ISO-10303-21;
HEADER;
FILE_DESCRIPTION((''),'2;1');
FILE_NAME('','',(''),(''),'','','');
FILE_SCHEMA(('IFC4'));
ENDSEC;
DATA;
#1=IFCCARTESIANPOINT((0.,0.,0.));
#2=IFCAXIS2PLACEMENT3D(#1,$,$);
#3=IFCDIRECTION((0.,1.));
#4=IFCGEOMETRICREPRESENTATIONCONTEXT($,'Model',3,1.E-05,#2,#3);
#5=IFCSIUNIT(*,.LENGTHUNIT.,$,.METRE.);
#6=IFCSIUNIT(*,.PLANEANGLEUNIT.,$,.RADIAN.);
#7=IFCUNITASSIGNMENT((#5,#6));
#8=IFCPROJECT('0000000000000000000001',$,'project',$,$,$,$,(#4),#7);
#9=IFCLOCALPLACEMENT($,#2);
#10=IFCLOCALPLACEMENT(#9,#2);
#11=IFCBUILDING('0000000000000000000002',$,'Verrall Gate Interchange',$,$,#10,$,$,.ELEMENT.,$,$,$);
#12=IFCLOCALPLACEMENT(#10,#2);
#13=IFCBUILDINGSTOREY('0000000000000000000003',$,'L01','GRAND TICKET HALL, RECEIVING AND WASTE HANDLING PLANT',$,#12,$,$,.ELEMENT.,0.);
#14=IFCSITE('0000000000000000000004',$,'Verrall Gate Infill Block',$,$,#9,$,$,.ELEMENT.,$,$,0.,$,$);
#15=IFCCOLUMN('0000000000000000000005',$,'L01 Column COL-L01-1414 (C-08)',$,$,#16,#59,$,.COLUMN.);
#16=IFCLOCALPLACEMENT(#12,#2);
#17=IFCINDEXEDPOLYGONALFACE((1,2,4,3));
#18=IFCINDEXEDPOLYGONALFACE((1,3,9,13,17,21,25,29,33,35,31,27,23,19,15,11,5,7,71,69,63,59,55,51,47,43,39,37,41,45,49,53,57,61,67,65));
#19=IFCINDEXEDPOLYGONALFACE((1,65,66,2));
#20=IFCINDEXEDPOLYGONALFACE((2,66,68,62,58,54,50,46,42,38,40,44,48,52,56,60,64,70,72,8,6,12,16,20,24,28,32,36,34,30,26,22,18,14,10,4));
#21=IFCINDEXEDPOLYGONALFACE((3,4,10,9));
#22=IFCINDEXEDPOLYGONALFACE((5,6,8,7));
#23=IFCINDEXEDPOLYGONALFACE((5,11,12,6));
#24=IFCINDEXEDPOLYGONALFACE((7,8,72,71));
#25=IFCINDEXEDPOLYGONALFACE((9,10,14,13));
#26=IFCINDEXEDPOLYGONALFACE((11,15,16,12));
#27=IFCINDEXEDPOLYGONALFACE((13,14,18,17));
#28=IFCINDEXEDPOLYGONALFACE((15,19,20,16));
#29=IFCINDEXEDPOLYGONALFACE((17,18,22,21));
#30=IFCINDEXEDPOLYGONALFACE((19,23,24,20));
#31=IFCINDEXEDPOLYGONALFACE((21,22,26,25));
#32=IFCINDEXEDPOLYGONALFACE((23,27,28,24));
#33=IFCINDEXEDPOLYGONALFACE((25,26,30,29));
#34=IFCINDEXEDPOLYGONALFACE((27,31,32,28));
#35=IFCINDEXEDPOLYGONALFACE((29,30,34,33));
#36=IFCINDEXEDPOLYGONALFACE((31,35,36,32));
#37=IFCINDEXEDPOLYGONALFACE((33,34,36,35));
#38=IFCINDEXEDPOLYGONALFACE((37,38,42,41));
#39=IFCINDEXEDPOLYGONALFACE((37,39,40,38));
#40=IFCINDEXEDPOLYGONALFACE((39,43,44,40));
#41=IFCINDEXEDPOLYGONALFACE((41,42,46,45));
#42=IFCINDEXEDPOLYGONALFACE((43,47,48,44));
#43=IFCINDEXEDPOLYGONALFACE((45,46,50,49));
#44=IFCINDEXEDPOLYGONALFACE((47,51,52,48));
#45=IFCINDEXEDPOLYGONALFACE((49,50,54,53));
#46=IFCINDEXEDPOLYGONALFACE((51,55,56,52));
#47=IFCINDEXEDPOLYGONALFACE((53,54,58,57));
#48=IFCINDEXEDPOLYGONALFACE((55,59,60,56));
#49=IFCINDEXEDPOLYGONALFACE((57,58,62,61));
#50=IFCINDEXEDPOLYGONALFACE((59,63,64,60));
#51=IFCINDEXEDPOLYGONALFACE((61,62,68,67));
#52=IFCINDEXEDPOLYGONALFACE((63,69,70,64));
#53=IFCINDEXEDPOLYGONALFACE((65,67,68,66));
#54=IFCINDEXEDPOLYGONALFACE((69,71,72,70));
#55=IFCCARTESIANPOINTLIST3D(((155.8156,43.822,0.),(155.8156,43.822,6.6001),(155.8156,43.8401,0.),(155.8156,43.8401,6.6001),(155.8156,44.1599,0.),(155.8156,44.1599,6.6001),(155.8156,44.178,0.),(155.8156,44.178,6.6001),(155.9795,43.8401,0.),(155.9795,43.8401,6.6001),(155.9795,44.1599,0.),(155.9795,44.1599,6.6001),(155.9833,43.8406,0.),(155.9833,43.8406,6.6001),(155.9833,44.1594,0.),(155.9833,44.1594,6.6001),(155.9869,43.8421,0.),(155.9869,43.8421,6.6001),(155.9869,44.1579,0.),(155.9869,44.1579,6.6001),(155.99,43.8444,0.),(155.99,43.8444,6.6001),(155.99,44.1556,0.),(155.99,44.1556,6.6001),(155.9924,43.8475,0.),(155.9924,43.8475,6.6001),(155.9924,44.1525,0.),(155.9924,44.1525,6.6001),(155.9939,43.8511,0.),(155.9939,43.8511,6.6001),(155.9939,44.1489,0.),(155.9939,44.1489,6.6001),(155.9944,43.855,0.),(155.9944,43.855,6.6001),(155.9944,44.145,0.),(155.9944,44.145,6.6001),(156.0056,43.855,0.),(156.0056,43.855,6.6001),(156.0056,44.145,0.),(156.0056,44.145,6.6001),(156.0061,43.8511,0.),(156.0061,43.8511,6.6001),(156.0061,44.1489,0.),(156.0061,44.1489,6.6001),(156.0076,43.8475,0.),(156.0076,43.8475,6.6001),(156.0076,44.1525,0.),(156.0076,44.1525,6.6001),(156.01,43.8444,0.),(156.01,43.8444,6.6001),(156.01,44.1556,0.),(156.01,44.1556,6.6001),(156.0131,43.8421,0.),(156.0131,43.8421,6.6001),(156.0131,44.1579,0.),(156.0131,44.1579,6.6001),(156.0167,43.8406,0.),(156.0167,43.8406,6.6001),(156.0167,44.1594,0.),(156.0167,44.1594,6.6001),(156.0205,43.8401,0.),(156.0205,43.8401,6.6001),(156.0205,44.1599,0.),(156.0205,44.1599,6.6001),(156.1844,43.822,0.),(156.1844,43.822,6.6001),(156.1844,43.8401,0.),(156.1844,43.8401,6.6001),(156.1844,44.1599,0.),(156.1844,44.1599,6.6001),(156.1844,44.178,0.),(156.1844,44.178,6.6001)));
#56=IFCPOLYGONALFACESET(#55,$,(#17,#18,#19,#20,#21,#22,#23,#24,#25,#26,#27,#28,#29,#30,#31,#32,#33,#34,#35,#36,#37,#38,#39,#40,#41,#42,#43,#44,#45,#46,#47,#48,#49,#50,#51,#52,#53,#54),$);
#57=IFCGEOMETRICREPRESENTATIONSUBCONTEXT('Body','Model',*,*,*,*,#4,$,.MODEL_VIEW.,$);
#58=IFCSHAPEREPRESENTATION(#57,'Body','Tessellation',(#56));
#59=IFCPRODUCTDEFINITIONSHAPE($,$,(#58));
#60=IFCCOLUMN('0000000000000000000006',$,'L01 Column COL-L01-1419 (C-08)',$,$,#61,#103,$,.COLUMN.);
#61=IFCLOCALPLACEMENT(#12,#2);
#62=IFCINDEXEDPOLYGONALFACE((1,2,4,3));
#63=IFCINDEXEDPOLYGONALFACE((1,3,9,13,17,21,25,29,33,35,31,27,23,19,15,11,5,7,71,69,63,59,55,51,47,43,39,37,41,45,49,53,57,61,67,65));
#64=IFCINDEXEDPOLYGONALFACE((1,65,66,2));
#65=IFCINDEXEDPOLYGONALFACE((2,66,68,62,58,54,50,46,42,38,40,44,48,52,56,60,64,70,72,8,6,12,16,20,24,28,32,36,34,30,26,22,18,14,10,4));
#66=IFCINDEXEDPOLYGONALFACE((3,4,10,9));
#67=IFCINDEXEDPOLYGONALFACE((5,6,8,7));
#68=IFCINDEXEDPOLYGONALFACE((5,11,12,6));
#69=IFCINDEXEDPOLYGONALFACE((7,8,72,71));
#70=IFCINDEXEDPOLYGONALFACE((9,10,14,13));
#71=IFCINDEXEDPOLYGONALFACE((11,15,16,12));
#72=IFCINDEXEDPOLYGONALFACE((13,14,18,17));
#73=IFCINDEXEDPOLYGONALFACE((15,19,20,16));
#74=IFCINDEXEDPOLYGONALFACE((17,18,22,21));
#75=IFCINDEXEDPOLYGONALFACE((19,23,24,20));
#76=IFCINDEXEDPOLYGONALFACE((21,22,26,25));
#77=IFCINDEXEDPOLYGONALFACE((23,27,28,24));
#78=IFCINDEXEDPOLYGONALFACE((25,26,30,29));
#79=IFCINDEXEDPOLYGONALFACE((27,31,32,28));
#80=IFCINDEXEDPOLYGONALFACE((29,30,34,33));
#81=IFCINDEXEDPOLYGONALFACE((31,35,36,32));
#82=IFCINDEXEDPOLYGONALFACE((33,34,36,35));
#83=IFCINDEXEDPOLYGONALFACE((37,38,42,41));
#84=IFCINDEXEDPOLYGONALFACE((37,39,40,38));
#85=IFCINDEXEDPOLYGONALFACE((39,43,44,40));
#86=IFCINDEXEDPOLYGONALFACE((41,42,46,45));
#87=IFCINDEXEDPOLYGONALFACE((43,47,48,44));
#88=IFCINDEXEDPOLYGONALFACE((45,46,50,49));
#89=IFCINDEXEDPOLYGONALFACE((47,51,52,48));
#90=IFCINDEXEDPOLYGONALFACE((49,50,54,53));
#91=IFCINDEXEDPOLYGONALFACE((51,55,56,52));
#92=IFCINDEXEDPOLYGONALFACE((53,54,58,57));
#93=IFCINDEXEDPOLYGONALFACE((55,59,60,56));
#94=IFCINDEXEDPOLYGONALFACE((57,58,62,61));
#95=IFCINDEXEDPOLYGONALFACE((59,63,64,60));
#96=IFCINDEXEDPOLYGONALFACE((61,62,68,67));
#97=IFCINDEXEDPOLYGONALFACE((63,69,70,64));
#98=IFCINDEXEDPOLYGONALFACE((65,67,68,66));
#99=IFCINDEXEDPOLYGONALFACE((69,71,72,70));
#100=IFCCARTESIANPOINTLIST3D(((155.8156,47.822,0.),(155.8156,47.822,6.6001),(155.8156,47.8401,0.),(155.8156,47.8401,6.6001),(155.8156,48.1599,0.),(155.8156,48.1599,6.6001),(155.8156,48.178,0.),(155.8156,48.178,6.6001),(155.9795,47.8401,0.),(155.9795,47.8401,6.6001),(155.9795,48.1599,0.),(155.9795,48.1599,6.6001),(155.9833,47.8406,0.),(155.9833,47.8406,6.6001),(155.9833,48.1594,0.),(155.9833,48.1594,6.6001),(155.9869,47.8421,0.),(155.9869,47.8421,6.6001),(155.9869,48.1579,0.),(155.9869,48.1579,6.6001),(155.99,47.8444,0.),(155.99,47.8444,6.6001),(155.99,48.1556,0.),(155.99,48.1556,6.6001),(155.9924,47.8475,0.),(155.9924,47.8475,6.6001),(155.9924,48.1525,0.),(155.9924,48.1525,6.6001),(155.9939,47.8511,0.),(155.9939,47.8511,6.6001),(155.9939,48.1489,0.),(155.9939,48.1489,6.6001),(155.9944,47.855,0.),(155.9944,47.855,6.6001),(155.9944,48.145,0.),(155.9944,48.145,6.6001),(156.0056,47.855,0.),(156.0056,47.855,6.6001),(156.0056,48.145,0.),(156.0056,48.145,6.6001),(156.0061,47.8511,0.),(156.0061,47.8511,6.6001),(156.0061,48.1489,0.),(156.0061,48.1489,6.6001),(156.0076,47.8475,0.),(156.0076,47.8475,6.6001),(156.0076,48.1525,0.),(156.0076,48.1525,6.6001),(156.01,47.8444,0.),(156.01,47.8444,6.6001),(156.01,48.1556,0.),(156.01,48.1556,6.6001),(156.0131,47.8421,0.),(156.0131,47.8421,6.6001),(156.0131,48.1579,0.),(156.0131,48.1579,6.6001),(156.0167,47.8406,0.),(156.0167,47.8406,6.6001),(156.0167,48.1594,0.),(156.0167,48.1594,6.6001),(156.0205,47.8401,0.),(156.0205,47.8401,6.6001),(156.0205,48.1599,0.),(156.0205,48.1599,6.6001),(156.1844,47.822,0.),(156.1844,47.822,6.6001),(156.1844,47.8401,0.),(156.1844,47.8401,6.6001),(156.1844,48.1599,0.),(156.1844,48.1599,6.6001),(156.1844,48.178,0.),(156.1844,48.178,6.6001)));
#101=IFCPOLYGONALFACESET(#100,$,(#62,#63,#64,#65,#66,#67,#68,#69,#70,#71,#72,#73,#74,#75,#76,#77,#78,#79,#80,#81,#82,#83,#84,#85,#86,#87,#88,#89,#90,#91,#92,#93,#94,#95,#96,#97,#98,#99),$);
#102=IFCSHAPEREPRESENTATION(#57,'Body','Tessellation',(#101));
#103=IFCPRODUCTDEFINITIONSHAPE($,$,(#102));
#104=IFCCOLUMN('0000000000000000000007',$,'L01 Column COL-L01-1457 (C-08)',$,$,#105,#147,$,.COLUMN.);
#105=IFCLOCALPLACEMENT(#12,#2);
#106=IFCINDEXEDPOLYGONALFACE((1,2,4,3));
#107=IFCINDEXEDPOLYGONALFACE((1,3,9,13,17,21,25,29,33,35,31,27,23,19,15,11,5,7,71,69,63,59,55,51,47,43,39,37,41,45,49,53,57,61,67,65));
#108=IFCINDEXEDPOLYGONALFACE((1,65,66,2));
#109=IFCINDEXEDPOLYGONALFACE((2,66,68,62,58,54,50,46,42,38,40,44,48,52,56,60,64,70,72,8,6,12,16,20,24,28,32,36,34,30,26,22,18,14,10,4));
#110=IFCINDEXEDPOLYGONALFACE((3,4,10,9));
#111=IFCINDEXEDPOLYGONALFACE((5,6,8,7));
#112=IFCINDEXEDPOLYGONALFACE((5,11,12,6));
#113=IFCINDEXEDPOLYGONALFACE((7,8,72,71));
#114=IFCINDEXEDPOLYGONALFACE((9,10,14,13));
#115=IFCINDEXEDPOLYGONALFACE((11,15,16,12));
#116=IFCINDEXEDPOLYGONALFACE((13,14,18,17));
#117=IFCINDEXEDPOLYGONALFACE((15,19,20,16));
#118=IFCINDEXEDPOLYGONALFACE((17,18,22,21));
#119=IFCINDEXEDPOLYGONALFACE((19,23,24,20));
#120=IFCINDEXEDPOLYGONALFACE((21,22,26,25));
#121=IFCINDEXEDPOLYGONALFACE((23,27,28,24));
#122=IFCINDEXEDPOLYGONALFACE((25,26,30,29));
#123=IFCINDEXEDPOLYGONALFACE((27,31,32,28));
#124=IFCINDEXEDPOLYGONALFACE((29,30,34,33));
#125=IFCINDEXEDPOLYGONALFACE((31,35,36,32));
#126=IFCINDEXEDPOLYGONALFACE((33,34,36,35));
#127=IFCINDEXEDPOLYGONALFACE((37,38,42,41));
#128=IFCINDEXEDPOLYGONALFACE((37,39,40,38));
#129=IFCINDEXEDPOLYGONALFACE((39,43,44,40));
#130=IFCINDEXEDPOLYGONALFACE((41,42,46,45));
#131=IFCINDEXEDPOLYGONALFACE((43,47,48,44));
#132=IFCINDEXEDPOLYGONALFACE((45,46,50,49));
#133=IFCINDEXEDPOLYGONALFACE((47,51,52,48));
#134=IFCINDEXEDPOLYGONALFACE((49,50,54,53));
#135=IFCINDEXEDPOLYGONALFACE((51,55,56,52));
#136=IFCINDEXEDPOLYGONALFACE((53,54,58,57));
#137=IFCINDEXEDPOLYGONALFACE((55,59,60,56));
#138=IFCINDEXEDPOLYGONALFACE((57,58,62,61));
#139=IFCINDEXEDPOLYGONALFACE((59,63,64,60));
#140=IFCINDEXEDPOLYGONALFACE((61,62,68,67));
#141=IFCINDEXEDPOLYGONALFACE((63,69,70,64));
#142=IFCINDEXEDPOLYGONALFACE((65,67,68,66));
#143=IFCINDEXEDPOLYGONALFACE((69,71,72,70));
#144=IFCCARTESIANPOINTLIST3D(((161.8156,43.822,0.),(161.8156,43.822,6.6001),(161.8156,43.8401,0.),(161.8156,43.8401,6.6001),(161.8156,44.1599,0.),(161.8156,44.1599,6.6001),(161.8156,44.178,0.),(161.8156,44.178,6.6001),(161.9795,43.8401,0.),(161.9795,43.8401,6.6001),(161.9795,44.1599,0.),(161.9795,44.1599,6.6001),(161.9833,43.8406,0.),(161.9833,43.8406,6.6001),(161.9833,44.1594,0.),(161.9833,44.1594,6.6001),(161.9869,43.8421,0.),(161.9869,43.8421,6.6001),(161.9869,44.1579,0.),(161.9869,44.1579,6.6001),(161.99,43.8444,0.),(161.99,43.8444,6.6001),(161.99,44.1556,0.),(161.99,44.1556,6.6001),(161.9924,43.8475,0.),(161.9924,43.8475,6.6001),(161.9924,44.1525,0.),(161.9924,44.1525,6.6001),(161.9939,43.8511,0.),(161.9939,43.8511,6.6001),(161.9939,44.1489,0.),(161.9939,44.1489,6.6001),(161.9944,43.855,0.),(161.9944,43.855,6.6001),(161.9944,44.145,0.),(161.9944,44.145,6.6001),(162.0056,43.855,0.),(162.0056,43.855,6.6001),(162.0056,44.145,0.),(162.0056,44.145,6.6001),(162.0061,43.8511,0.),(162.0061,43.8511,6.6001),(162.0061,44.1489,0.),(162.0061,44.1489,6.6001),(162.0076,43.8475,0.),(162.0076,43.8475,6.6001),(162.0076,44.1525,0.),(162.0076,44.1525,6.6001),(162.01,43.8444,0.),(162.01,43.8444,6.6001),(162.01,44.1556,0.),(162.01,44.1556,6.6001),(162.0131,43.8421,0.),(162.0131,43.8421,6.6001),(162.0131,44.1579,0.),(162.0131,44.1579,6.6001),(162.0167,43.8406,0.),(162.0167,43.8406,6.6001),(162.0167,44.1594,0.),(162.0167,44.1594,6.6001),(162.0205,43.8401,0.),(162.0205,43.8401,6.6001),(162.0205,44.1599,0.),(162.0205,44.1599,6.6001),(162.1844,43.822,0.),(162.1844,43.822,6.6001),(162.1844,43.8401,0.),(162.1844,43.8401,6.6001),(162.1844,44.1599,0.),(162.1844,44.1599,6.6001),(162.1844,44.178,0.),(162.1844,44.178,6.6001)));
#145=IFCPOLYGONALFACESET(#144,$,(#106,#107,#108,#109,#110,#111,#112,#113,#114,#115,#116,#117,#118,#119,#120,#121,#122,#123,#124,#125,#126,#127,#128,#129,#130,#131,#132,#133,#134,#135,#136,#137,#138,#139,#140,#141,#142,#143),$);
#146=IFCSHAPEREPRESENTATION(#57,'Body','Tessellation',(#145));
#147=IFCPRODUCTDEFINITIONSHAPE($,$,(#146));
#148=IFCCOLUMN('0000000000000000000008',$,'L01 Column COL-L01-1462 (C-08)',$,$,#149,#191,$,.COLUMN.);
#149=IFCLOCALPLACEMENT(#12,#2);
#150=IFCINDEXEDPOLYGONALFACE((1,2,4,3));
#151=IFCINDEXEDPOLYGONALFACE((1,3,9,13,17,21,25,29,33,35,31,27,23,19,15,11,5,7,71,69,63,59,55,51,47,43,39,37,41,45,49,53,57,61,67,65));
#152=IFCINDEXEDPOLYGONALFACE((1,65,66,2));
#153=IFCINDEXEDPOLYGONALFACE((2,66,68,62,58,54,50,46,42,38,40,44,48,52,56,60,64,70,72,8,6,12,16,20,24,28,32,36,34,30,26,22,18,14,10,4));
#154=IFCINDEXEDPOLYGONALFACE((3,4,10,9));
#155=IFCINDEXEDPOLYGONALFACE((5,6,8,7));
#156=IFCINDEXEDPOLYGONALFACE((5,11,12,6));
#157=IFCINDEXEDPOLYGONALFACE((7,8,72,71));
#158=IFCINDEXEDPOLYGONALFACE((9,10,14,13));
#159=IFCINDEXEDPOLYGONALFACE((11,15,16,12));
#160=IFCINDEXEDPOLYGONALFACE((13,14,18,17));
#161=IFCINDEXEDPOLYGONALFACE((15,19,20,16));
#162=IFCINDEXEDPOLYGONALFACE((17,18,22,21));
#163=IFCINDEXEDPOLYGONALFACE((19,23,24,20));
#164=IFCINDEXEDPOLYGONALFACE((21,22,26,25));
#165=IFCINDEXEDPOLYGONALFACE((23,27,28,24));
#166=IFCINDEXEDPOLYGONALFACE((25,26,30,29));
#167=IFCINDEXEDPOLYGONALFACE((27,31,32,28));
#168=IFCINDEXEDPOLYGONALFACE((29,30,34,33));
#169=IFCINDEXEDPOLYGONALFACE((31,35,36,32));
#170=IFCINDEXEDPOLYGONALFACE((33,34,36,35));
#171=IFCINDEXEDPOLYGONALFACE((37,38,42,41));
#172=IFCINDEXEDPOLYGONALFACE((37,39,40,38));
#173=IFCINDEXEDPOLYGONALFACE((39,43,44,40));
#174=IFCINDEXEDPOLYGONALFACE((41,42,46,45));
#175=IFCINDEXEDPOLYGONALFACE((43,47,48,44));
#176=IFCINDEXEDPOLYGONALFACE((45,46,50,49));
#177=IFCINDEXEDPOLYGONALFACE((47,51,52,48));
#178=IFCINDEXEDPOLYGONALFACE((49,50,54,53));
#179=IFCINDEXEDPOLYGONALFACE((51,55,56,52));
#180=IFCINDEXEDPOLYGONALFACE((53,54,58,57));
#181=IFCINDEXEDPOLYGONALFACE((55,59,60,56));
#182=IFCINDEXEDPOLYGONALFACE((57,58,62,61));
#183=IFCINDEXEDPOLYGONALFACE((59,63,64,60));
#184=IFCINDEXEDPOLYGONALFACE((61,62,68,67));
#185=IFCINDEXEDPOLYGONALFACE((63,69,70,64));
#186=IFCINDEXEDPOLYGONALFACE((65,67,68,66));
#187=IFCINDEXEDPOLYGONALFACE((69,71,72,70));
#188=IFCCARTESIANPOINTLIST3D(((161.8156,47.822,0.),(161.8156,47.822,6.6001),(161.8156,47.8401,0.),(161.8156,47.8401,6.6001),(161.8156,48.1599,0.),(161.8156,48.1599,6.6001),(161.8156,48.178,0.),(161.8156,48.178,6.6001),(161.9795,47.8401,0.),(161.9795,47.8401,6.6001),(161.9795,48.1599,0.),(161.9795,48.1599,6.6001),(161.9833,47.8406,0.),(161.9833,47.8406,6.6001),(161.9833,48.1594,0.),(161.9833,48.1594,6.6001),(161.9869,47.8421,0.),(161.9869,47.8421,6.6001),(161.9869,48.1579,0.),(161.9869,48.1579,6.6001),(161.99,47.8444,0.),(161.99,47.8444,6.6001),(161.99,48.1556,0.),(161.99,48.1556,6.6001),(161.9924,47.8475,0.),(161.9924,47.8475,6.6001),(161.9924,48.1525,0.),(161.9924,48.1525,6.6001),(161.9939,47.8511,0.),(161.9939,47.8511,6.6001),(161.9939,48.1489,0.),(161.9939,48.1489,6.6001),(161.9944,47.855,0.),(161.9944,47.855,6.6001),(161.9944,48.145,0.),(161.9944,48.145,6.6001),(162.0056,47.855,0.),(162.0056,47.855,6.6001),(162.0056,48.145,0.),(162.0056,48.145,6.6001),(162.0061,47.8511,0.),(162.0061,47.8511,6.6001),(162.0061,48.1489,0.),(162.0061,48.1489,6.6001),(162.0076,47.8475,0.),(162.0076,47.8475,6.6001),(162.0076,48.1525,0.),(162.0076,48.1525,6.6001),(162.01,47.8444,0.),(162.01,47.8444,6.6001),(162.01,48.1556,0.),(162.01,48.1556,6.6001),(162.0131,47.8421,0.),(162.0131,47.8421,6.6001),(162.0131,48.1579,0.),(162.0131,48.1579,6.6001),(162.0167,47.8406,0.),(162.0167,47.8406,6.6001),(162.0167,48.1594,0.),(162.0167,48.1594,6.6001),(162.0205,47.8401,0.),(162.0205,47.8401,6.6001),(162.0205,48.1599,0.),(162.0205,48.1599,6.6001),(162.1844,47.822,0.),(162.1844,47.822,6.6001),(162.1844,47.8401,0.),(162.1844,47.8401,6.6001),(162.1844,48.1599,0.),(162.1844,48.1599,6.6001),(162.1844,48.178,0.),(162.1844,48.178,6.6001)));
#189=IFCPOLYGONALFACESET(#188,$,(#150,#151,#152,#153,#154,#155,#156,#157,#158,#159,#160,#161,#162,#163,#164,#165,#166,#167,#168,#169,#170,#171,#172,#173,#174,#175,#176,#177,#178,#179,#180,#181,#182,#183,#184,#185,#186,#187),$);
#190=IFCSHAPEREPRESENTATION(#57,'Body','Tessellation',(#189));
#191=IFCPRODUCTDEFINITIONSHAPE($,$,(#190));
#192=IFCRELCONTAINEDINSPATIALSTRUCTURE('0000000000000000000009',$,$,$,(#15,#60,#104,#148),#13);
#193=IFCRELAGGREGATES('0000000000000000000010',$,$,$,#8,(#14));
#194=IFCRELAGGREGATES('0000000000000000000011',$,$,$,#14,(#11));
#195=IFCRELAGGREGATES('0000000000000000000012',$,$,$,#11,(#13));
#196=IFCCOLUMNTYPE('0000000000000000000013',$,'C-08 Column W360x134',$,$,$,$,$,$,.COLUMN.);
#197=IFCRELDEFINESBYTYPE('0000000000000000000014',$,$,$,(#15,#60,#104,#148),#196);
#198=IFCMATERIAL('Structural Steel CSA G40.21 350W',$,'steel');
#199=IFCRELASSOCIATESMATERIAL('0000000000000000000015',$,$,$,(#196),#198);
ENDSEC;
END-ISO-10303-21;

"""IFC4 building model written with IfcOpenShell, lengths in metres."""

from ifc_helpers import new_model, si_unit, direction, frame, origin, origin_2d, place, context, subcontext, project, spatial, i_section, extrude, material, material_profile, profile_set, type_object, element, save


model = new_model("IFC4")

# Units and contexts
model_context = context("Model", 3, precision=1e-05, world=origin(), true_north=direction((0.0, 1.0)))
body_context = subcontext(model_context, "Body", "Model", "MODEL_VIEW")
ifc_project = project(units=[si_unit("LENGTHUNIT", "METRE"), si_unit("PLANEANGLEUNIT", "RADIAN")], contexts=[model_context])

# Site, building, storey
site_placement = place(None, origin())
site = spatial("IfcSite", under=ifc_project, at=site_placement, Name="Verrall Gate Infill Block", CompositionType="ELEMENT", RefElevation=0.0)
building_placement = place(site_placement, origin())
building = spatial("IfcBuilding", under=site, at=building_placement, Name="Verrall Gate Interchange", CompositionType="ELEMENT")
storey_placement = place(building_placement, origin())
storey = spatial("IfcBuildingStorey", under=building, at=storey_placement, Name="L01", Description="GRAND TICKET HALL, RECEIVING AND WASTE HANDLING PLANT", CompositionType="ELEMENT", Elevation=0.0)

# Columns
ifc_material_1 = material(Name="Structural Steel CSA G40.21 350W", Category="steel")
ifc_material_profile_1 = material_profile(ifc_material_1, i_section(OverallWidth=0.3689, OverallDepth=0.356, WebThickness=0.0112, FlangeThickness=0.0181, FilletRadius=0.0149, at=origin_2d()), Name="W360x134")
ifc_profile_set_1 = profile_set([ifc_material_profile_1], Name="Structural Steel CSA G40.21 350W")
column_type = type_object("IfcColumnType", Name="C-08 Column W360x134", PredefinedType="COLUMN", material=ifc_profile_set_1)
for number, where, z_axis, x_axis, name in (
    (1, (156.0, 44.0, 0.0), (0.0, 0.0, 1.0), (1.0, 0.0, 0.0), "L01 Column COL-L01-1414 (C-08)"),
    (2, (156.0, 48.0, 0.0), (0.0, 0.0, 1.0), (1.0, 0.0, 0.0), "L01 Column COL-L01-1419 (C-08)"),
    (3, (162.0, 44.0, 0.0), (0.0, 0.0, 1.0), (1.0, 0.0, 0.0), "L01 Column COL-L01-1457 (C-08)"),
    (4, (162.0, 48.0, 0.0), (0.0, 0.0, 1.0), (1.0, 0.0, 0.0), "L01 Column COL-L01-1462 (C-08)"),
):
    element("IfcColumn", number, at=place(storey_placement, frame(where, z_axis=z_axis, x_axis=x_axis)), inside=storey, type_object=column_type, Name=name, PredefinedType="COLUMN", context=body_context, shape_type="SweptSolid", body=[
        extrude(i_section(OverallWidth=0.3689, OverallDepth=0.356, WebThickness=0.0112, FlangeThickness=0.0181, FilletRadius=0.0149, at=origin_2d()), origin(), (0.0, 0.0, 1.0), 6.6001),
    ])

save(model, "model.ifc")
